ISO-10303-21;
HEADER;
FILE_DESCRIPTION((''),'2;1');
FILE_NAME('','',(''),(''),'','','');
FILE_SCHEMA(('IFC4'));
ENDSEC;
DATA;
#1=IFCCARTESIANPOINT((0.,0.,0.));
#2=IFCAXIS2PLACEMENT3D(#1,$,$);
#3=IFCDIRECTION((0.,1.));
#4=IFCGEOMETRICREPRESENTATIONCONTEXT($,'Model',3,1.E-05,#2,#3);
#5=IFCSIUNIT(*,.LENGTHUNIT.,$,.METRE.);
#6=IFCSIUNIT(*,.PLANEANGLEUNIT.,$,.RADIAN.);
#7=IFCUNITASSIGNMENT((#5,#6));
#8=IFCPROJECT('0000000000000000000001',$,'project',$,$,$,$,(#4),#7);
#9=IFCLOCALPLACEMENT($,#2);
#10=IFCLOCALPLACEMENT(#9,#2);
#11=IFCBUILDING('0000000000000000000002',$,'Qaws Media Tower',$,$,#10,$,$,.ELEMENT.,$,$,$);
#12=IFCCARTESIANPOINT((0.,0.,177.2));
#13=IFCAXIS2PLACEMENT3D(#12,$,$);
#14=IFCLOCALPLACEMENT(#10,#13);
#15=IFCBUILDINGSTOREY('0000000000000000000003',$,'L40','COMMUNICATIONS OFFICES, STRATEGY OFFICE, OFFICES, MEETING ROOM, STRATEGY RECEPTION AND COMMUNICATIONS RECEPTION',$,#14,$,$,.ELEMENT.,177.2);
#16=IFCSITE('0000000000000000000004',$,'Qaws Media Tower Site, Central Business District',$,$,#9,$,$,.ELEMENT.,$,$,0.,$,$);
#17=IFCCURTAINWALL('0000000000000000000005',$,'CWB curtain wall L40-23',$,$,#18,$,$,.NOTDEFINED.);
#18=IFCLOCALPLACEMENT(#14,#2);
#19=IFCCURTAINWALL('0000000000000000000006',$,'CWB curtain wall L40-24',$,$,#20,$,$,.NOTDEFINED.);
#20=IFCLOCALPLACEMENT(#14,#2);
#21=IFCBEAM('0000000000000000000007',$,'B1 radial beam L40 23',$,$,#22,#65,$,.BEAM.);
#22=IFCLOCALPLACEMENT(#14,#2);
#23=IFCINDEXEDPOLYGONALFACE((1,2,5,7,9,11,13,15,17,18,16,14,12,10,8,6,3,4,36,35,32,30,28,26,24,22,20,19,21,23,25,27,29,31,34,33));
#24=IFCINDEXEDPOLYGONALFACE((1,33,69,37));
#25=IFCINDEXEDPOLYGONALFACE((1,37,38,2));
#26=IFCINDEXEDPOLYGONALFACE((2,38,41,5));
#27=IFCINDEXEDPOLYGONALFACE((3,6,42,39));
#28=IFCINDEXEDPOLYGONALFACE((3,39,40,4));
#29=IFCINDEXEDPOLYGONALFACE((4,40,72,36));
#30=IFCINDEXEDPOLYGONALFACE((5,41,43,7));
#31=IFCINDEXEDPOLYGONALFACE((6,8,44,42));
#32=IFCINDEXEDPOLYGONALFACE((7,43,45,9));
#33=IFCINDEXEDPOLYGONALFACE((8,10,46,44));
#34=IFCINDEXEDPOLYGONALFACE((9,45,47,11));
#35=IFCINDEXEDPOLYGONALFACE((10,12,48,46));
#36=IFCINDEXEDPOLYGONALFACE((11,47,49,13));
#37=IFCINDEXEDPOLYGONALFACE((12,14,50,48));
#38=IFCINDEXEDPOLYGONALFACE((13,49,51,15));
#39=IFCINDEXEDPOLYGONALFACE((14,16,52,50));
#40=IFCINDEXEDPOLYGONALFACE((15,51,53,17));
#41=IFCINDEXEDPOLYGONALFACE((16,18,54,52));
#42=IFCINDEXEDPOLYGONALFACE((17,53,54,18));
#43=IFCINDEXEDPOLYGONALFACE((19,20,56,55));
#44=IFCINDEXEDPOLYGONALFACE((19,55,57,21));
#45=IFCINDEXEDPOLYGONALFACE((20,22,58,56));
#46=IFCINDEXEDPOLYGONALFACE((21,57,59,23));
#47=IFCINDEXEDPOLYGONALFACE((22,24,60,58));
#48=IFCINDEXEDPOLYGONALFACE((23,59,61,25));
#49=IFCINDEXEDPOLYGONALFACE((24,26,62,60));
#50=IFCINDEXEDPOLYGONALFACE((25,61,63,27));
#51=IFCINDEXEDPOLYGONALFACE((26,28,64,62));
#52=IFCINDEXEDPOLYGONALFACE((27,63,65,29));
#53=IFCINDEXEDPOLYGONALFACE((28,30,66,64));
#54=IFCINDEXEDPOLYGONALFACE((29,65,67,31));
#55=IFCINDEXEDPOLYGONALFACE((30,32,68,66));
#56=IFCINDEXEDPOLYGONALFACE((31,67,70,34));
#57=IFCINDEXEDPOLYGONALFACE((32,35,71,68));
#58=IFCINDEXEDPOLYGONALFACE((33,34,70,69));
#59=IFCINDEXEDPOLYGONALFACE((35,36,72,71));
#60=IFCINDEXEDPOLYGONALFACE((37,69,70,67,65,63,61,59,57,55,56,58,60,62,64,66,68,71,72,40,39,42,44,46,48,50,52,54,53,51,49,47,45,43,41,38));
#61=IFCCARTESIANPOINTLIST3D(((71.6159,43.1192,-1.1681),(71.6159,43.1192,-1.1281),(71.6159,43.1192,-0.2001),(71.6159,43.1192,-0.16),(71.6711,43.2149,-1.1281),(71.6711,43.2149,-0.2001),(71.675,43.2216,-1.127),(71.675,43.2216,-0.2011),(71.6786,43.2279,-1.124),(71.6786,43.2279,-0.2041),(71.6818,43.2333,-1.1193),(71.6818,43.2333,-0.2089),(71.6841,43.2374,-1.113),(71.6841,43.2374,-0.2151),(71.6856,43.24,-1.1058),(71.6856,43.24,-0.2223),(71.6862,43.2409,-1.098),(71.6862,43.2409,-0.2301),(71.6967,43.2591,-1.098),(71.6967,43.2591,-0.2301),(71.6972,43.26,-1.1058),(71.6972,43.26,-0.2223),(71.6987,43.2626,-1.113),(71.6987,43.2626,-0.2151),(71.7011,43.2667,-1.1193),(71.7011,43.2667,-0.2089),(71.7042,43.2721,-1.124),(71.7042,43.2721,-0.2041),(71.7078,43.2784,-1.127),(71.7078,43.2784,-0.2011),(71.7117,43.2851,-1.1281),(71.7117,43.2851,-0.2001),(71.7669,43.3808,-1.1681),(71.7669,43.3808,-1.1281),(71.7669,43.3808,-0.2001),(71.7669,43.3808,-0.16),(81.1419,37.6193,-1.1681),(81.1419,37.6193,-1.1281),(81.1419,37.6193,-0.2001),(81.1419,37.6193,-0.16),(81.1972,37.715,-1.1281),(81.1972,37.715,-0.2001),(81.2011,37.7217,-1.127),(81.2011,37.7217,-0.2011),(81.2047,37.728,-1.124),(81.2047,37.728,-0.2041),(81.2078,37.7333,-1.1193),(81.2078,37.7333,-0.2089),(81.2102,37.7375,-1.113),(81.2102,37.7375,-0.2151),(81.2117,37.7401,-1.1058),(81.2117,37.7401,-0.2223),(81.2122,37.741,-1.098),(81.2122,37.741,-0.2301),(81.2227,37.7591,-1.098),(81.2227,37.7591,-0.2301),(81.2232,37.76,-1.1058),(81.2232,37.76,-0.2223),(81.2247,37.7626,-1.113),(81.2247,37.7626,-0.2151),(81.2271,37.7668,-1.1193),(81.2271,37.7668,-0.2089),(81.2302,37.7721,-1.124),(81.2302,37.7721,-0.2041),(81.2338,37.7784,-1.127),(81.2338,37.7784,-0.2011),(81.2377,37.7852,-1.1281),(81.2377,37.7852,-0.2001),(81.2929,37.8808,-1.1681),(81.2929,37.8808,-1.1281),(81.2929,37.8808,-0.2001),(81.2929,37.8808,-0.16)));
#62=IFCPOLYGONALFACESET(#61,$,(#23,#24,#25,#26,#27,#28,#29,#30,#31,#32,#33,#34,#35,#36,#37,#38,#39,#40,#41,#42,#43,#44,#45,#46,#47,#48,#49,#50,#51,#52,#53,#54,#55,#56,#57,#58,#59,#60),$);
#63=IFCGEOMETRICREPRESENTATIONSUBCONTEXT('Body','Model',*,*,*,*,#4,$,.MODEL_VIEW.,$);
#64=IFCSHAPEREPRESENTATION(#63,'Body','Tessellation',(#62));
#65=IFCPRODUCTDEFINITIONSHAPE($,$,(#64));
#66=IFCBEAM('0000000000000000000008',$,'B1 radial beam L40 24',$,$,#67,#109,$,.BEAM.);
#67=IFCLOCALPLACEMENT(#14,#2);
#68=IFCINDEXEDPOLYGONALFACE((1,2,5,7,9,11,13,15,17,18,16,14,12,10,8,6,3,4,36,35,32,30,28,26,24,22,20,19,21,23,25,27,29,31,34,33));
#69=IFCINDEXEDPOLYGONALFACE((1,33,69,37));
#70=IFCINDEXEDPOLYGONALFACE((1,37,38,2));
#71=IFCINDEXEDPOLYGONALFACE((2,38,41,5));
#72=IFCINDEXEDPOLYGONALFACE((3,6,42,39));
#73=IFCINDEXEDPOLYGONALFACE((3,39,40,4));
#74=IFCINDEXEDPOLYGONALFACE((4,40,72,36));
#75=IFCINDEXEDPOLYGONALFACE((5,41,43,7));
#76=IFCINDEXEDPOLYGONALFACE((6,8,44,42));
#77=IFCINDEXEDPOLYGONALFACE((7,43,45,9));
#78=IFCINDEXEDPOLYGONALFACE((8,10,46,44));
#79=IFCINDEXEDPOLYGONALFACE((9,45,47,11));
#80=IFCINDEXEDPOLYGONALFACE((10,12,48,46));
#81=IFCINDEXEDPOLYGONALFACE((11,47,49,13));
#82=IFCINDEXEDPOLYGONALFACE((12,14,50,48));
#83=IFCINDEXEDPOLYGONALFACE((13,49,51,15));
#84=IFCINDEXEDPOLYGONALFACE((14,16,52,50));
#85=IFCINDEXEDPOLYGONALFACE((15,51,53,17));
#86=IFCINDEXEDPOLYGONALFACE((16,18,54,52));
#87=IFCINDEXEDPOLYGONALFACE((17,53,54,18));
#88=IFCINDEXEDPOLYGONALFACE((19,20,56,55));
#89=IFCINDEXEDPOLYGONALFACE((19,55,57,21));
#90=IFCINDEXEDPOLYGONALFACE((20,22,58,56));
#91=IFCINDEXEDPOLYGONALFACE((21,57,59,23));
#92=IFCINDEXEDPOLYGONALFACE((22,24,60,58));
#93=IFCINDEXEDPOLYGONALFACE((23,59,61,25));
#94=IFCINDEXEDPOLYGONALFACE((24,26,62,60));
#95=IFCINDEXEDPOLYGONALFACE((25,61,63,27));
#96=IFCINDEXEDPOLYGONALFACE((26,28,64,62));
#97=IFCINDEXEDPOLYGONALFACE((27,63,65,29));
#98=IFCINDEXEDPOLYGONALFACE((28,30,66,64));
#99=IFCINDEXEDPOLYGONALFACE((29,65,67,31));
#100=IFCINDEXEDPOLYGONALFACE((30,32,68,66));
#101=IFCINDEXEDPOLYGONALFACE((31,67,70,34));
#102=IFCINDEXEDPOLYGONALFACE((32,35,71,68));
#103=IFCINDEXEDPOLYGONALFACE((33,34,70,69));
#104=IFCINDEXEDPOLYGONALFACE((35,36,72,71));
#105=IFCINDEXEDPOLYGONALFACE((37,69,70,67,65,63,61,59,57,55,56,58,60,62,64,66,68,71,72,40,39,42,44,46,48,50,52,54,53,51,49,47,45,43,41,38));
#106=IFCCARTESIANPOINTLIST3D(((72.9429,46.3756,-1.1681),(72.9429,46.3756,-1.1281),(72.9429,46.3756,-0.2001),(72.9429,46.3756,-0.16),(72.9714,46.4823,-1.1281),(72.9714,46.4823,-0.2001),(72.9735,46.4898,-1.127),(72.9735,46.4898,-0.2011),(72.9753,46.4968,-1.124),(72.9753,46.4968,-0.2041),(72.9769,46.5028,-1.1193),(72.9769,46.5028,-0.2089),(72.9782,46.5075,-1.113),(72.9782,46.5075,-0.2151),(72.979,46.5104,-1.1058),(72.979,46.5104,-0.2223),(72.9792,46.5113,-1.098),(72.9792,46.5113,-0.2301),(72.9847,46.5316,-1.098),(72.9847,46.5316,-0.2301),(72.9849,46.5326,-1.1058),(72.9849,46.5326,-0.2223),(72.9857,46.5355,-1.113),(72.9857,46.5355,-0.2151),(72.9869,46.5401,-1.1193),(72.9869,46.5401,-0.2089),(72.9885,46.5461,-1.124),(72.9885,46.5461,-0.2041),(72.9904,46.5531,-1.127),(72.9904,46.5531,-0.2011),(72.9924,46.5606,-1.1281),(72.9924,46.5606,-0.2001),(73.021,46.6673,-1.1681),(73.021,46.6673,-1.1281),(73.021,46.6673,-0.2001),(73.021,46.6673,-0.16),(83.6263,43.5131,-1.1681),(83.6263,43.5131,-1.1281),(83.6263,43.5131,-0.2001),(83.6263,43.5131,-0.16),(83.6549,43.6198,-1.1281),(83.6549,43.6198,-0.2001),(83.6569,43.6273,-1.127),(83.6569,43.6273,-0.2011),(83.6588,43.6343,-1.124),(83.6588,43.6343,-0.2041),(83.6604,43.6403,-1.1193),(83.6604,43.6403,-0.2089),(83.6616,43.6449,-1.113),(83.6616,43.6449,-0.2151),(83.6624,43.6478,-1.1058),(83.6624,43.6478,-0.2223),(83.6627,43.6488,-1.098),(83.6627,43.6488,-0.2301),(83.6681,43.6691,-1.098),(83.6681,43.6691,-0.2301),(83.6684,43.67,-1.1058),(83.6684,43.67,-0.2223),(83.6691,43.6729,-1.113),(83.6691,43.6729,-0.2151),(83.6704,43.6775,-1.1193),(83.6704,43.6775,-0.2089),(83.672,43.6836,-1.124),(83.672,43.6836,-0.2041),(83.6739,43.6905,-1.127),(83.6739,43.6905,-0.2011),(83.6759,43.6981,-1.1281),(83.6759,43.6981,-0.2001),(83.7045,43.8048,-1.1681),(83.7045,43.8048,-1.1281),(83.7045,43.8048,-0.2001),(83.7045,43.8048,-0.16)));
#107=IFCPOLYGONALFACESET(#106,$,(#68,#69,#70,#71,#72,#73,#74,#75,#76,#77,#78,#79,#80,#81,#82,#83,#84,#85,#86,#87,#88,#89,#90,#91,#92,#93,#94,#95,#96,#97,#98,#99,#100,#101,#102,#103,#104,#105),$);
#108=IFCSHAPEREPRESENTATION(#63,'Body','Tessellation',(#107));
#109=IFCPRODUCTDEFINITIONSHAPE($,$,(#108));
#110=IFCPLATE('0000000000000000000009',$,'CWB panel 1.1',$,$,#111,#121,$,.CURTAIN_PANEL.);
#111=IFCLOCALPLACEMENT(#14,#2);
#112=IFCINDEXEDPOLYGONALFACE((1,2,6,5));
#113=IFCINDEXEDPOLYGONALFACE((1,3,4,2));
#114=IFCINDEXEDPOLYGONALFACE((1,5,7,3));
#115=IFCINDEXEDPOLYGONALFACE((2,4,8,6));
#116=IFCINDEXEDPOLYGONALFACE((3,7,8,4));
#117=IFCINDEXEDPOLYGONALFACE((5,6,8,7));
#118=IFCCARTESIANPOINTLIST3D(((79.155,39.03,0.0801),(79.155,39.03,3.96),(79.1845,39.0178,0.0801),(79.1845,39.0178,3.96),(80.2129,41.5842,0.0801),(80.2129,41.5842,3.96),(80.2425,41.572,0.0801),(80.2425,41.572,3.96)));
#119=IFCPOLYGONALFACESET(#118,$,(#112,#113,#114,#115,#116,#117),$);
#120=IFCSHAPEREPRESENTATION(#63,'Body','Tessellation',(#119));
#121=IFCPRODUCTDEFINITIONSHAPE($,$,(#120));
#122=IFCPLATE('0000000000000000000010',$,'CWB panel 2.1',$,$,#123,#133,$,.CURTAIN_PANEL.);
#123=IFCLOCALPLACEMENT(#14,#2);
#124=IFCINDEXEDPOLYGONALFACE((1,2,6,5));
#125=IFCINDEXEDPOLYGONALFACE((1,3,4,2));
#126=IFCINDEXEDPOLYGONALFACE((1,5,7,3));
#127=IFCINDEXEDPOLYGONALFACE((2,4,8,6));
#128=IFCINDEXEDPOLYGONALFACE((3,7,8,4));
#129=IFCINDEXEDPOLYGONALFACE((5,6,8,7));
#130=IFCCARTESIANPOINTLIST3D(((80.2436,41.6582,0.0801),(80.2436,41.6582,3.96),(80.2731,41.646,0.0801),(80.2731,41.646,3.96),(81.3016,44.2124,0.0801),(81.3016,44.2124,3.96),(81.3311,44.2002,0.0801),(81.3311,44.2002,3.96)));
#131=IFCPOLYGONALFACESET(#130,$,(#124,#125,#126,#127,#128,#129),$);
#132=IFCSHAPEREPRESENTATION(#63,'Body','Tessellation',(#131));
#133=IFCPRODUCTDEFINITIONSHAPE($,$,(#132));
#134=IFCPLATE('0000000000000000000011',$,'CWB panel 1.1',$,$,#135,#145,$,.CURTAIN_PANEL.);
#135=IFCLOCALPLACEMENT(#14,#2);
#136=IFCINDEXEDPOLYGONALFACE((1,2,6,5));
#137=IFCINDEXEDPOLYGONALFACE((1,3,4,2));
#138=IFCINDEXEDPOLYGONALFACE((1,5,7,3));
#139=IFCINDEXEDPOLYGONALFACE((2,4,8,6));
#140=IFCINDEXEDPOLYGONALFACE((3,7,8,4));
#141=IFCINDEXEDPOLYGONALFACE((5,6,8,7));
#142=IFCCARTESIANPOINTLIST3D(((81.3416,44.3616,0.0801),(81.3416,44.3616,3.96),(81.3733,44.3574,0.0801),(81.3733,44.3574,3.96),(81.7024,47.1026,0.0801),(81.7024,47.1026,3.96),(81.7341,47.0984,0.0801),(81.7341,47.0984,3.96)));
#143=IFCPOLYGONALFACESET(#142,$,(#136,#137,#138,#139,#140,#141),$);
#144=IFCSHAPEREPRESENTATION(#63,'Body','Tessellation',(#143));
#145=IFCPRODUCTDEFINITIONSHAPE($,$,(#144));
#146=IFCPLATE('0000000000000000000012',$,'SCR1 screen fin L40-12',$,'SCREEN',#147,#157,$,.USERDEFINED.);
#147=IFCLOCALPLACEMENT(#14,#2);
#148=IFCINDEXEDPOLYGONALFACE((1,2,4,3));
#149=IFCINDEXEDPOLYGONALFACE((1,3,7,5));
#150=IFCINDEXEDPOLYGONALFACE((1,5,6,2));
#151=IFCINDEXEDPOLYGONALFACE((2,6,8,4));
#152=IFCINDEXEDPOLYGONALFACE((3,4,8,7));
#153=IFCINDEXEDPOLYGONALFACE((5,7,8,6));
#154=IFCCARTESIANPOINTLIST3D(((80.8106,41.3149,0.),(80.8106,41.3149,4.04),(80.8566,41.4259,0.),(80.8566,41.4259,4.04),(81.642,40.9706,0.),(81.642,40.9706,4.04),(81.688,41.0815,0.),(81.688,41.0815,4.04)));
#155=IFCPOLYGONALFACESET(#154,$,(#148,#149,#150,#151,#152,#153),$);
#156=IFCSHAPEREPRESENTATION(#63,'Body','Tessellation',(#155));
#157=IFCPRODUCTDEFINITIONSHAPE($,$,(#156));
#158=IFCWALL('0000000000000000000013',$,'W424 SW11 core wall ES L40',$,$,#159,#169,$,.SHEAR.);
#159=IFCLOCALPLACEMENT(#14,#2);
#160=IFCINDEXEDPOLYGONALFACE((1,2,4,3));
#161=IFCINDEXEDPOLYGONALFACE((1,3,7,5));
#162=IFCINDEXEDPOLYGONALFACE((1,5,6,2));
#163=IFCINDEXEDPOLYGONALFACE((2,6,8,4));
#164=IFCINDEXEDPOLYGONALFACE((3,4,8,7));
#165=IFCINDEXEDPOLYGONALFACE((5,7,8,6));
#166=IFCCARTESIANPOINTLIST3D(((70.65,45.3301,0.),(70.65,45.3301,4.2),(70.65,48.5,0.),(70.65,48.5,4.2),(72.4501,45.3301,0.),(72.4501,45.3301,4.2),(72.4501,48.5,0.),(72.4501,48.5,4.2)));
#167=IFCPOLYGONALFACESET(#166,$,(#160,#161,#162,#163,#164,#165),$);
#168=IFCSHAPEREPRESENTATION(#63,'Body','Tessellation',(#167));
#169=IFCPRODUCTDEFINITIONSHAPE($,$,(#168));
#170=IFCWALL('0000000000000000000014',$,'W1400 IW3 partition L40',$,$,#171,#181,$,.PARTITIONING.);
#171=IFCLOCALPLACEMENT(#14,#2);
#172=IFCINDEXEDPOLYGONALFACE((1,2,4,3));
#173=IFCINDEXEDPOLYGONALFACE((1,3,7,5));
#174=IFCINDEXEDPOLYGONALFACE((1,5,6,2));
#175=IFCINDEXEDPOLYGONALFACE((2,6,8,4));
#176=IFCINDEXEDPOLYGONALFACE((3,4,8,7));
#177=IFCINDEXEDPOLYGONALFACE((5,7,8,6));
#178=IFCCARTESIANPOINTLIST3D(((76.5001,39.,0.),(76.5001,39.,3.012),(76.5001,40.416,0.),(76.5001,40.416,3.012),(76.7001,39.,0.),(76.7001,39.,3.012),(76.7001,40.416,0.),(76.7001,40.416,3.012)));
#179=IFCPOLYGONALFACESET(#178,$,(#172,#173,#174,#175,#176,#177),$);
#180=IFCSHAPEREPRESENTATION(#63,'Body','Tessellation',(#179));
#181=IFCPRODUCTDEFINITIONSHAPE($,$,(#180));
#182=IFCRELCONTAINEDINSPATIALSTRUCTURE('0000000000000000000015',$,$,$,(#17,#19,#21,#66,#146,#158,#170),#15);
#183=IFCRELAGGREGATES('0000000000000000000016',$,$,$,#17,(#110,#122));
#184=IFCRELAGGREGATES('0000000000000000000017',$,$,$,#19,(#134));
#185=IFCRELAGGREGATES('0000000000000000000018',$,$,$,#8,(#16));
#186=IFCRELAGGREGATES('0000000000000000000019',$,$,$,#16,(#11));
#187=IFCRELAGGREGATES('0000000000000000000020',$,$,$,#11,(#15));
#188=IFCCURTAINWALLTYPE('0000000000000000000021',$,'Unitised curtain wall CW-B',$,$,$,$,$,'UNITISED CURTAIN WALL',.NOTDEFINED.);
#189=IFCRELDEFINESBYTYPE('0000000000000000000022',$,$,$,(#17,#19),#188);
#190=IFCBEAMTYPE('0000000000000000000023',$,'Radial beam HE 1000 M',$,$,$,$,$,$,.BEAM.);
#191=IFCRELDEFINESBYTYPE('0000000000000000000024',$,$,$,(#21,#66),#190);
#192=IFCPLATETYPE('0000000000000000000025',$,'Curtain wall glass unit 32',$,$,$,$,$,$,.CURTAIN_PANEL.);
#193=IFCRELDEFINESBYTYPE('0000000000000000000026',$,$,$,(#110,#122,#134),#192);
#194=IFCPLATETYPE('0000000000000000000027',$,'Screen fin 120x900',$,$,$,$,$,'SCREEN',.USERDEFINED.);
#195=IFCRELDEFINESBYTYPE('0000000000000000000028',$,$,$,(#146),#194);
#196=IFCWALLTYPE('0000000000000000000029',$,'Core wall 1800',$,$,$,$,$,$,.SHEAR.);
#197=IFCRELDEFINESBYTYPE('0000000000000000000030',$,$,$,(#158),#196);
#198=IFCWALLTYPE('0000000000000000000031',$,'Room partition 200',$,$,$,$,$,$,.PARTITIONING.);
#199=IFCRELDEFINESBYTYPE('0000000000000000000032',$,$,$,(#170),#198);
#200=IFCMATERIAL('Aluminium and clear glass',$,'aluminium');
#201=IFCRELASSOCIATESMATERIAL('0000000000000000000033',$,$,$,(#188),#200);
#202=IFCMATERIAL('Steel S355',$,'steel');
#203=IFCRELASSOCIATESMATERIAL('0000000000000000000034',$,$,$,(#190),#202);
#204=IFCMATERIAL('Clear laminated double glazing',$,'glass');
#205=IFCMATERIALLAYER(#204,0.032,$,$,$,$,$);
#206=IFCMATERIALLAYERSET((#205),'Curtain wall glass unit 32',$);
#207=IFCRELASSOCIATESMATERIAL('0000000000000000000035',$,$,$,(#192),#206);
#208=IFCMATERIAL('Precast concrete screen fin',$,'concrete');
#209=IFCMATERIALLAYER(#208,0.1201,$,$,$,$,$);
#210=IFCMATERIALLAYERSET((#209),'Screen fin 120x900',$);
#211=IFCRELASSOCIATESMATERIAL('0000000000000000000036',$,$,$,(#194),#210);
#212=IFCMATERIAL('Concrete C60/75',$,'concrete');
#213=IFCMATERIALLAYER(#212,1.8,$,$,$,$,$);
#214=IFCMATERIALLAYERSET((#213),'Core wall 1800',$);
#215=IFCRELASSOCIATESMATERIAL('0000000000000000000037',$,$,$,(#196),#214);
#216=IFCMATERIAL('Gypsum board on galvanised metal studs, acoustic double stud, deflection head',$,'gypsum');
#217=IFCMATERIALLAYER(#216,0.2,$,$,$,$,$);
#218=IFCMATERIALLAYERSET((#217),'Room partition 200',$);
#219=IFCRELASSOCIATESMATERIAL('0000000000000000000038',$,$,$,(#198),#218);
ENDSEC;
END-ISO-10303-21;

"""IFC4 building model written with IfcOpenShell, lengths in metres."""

from ifc_helpers import new_model, si_unit, direction, frame, frame_2d, origin, origin_2d, place, context, subcontext, project, spatial, rectangle, i_section, extrude, material, layer, layer_set, material_profile, profile_set, type_object, element, aggregate, save


model = new_model("IFC4")

# Units and contexts
model_context = context("Model", 3, precision=1e-05, world=origin(), true_north=direction((0.0, 1.0)))
body_context = subcontext(model_context, "Body", "Model", "MODEL_VIEW")
ifc_project = project(units=[si_unit("LENGTHUNIT", "METRE"), si_unit("PLANEANGLEUNIT", "RADIAN")], contexts=[model_context])

# Site, building, storey
site_placement = place(None, origin())
site = spatial("IfcSite", under=ifc_project, at=site_placement, Name="Qaws Media Tower Site, Central Business District", CompositionType="ELEMENT", RefElevation=0.0)
building_placement = place(site_placement, origin())
building = spatial("IfcBuilding", under=site, at=building_placement, Name="Qaws Media Tower", CompositionType="ELEMENT")
storey_placement = place(building_placement, frame((0.0, 0.0, 177.2)))
storey = spatial("IfcBuildingStorey", under=building, at=storey_placement, Name="L40", Description="COMMUNICATIONS OFFICES, STRATEGY OFFICE, OFFICES, MEETING ROOM, STRATEGY RECEPTION AND COMMUNICATIONS RECEPTION", CompositionType="ELEMENT", Elevation=177.2)

# Curtain walls
ifc_material_1 = material(Name="Aluminium and clear glass", Category="aluminium")
curtain_wall_type = type_object("IfcCurtainWallType", Name="Unitised curtain wall CW-B", ElementType="UNITISED CURTAIN WALL", PredefinedType="NOTDEFINED", material=ifc_material_1)
curtain_wall_1_placement = place(storey_placement, origin())
curtain_wall_1 = element("IfcCurtainWall", 1, at=curtain_wall_1_placement, inside=storey, type_object=curtain_wall_type, Name="CWB curtain wall L40-23", PredefinedType="NOTDEFINED")
curtain_wall_2_placement = place(storey_placement, origin())
curtain_wall_2 = element("IfcCurtainWall", 2, at=curtain_wall_2_placement, inside=storey, type_object=curtain_wall_type, Name="CWB curtain wall L40-24", PredefinedType="NOTDEFINED")

# Beams
ifc_material_2 = material(Name="Steel S355", Category="steel")
ifc_material_profile_1 = material_profile(ifc_material_2, i_section(OverallWidth=0.302, OverallDepth=1.0081, WebThickness=0.021, FlangeThickness=0.04, FilletRadius=0.03, at=origin_2d()), Name="HE 1000 M")
ifc_profile_set_1 = profile_set([ifc_material_profile_1], Name="Steel S355")
beam_type_1 = type_object("IfcBeamType", Name="Radial beam HE 1000 M", PredefinedType="BEAM", material=ifc_profile_set_1)
beam_1_placement = place(storey_placement, frame((71.6914, 43.25, -0.6641), z_axis=(0.866022, -0.500006, 0.0), x_axis=(0.500006, 0.866022, 0.0)))
element("IfcBeam", 3, at=beam_1_placement, inside=storey, type_object=beam_type_1, Name="B1 radial beam L40 23", PredefinedType="BEAM", context=body_context, shape_type="SweptSolid", body=[
    extrude(i_section(OverallWidth=0.302, OverallDepth=1.0081, WebThickness=0.021, FlangeThickness=0.04, FilletRadius=0.03, at=origin_2d()), origin(), (0.0, 0.0, 1.0), 10.9998),
])
beam_2_placement = place(storey_placement, frame((72.9819, 46.5215, -0.6641), z_axis=(0.965927, -0.258815, 0.0), x_axis=(0.258815, 0.965927, 0.0)))
element("IfcBeam", 4, at=beam_2_placement, inside=storey, type_object=beam_type_1, Name="B1 radial beam L40 24", PredefinedType="BEAM", context=body_context, shape_type="SweptSolid", body=[
    extrude(i_section(OverallWidth=0.302, OverallDepth=1.0081, WebThickness=0.021, FlangeThickness=0.04, FilletRadius=0.03, at=origin_2d()), origin(), (0.0, 0.0, 1.0), 11.0603),
])

# Plates
ifc_material_3 = material(Name="Clear laminated double glazing", Category="glass")
ifc_layer_1 = layer(ifc_material_3, 0.032)
ifc_layer_set_1 = layer_set([ifc_layer_1], Name="Curtain wall glass unit 32")
plate_type_1 = type_object("IfcPlateType", Name="Curtain wall glass unit 32", PredefinedType="CURTAIN_PANEL", material=ifc_layer_set_1)
plate_1_placement = place(storey_placement, frame((79.6987, 40.301, 0.0801), z_axis=(0.0, 0.0, 1.0), x_axis=(0.382684, 0.923879, 0.0)))
plate_1 = element("IfcPlate", 5, at=plate_1_placement, type_object=plate_type_1, Name="CWB panel 1.1", PredefinedType="CURTAIN_PANEL", context=body_context, shape_type="SweptSolid", body=[
    extrude(rectangle(XDim=2.7646, YDim=0.032, at=origin_2d()), origin(), (0.0, 0.0, 1.0), 3.8799),
])
plate_2_placement = place(storey_placement, frame((80.7874, 42.9292, 0.0801), z_axis=(0.0, 0.0, 1.0), x_axis=(0.382684, 0.923879, 0.0)))
plate_2 = element("IfcPlate", 6, at=plate_2_placement, type_object=plate_type_1, Name="CWB panel 2.1", PredefinedType="CURTAIN_PANEL", context=body_context, shape_type="SweptSolid", body=[
    extrude(rectangle(XDim=2.7646, YDim=0.032, at=origin_2d()), origin(), (0.0, 0.0, 1.0), 3.8799),
])
aggregate(curtain_wall_1, [plate_1, plate_2])
plate_3_placement = place(storey_placement, frame((81.5378, 45.73, 0.0801), z_axis=(0.0, 0.0, 1.0), x_axis=(0.130526, 0.991445, 0.0)))
plate_3 = element("IfcPlate", 7, at=plate_3_placement, type_object=plate_type_1, Name="CWB panel 1.1", PredefinedType="CURTAIN_PANEL", context=body_context, shape_type="SweptSolid", body=[
    extrude(rectangle(XDim=2.7646, YDim=0.032, at=origin_2d()), origin(), (0.0, 0.0, 1.0), 3.8799),
])
aggregate(curtain_wall_2, [plate_3])
ifc_material_4 = material(Name="Precast concrete screen fin", Category="concrete")
ifc_layer_2 = layer(ifc_material_4, 0.1201)
ifc_layer_set_2 = layer_set([ifc_layer_2], Name="Screen fin 120x900")
plate_type_2 = type_object("IfcPlateType", Name="Screen fin 120x900", ElementType="SCREEN", PredefinedType="USERDEFINED", material=ifc_layer_set_2)
plate_4_placement = place(storey_placement, frame((81.2493, 41.1982, 0.0), z_axis=(0.0, 0.0, 1.0), x_axis=(0.92388, -0.382683, 0.0)))
element("IfcPlate", 8, at=plate_4_placement, inside=storey, type_object=plate_type_2, Name="SCR1 screen fin L40-12", ObjectType="SCREEN", PredefinedType="USERDEFINED", context=body_context, shape_type="SweptSolid", body=[
    extrude(rectangle(XDim=0.8999, YDim=0.1201, at=origin_2d()), origin(), (0.0, 0.0, 1.0), 4.04),
])

# Walls
ifc_material_5 = material(Name="Concrete C60/75", Category="concrete")
ifc_layer_3 = layer(ifc_material_5, 1.8)
ifc_layer_set_3 = layer_set([ifc_layer_3], Name="Core wall 1800")
wall_type_1 = type_object("IfcWallType", Name="Core wall 1800", PredefinedType="SHEAR", material=ifc_layer_set_3)
wall_1_placement = place(storey_placement, frame((71.55, 45.3301, 0.0), z_axis=(0.0, 0.0, 1.0), x_axis=(0.0, 1.0, 0.0)))
element("IfcWall", 9, at=wall_1_placement, inside=storey, type_object=wall_type_1, Name="W424 SW11 core wall ES L40", PredefinedType="SHEAR", context=body_context, shape_type="SweptSolid", body=[
    extrude(rectangle(XDim=3.1699, YDim=1.8, at=frame_2d((1.585, 0.0))), origin(), (0.0, 0.0, 1.0), 4.2),
])
ifc_material_6 = material(Name="Gypsum board on galvanised metal studs, acoustic double stud, deflection head", Category="gypsum")
ifc_layer_4 = layer(ifc_material_6, 0.2)
ifc_layer_set_4 = layer_set([ifc_layer_4], Name="Room partition 200")
wall_type_2 = type_object("IfcWallType", Name="Room partition 200", PredefinedType="PARTITIONING", material=ifc_layer_set_4)
wall_2_placement = place(storey_placement, frame((76.6001, 40.416, 0.0), z_axis=(0.0, 0.0, 1.0), x_axis=(0.0, -1.0, 0.0)))
element("IfcWall", 10, at=wall_2_placement, inside=storey, type_object=wall_type_2, Name="W1400 IW3 partition L40", PredefinedType="PARTITIONING", context=body_context, shape_type="SweptSolid", body=[
    extrude(rectangle(XDim=1.416, YDim=0.2, at=frame_2d((0.708, 0.0))), origin(), (0.0, 0.0, 1.0), 3.012),
])

save(model, "model.ifc")
